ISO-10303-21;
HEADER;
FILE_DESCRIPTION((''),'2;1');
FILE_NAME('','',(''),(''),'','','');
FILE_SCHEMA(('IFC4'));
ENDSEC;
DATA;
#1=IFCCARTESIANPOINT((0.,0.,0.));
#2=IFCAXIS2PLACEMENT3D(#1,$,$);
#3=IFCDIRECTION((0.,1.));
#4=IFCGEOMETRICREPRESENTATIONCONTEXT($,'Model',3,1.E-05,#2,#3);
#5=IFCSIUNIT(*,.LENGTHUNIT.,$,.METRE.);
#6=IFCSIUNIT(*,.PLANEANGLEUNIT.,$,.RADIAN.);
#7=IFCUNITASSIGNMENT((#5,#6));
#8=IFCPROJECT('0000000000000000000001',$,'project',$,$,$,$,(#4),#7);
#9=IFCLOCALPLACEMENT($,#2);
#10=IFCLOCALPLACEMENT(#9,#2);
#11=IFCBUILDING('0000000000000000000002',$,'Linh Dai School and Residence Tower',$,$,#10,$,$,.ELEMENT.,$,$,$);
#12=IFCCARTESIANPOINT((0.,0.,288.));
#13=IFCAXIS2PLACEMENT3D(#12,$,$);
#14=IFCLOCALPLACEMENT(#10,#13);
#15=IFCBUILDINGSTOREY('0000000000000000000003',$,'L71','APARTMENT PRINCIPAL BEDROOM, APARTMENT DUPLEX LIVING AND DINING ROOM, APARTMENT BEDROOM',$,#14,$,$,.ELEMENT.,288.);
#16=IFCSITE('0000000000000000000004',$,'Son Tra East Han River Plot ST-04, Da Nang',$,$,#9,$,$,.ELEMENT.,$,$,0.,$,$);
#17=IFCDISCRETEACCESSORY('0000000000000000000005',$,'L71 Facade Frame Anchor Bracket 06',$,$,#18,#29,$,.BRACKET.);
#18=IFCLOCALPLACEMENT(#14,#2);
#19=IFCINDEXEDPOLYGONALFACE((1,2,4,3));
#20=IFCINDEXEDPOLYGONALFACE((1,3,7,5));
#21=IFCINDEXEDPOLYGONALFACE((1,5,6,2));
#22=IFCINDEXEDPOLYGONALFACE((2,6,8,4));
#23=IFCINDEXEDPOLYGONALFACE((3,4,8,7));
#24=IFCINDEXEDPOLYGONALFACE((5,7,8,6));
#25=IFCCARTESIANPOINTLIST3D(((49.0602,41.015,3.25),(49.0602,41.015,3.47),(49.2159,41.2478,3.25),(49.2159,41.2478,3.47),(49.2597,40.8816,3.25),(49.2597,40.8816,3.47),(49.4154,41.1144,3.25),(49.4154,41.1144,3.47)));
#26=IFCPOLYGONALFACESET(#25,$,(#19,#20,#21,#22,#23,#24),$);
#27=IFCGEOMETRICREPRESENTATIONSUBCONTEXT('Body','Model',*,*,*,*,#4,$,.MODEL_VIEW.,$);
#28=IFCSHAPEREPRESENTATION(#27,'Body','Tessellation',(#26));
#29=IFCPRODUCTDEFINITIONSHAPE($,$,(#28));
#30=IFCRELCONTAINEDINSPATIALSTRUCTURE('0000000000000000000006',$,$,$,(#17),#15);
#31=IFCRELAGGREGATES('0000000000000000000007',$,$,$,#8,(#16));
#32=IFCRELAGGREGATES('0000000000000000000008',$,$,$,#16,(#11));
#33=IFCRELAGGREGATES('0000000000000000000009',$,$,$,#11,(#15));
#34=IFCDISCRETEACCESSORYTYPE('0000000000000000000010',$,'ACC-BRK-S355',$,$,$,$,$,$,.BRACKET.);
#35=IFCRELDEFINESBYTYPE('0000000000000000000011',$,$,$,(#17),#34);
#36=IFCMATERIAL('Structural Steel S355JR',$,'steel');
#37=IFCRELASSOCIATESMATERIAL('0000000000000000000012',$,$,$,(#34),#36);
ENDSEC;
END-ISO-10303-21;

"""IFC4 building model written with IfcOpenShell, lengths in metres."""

from ifc_helpers import new_model, si_unit, direction, frame, origin, origin_2d, place, context, subcontext, project, spatial, rectangle, extrude, source, transform, mapped, material, type_object, element, save


model = new_model("IFC4")

# Units and contexts
model_context = context("Model", 3, precision=1e-05, world=origin(), true_north=direction((0.0, 1.0)))
body_context = subcontext(model_context, "Body", "Model", "MODEL_VIEW")
ifc_project = project(units=[si_unit("LENGTHUNIT", "METRE"), si_unit("PLANEANGLEUNIT", "RADIAN")], contexts=[model_context])

# Site, building, storey
site_placement = place(None, origin())
site = spatial("IfcSite", under=ifc_project, at=site_placement, Name="Son Tra East Han River Plot ST-04, Da Nang", CompositionType="ELEMENT", RefElevation=0.0)
building_placement = place(site_placement, origin())
building = spatial("IfcBuilding", under=site, at=building_placement, Name="Linh Dai School and Residence Tower", CompositionType="ELEMENT")
storey_placement = place(building_placement, frame((0.0, 0.0, 288.0)))
storey = spatial("IfcBuildingStorey", under=building, at=storey_placement, Name="L71", Description="APARTMENT PRINCIPAL BEDROOM, APARTMENT DUPLEX LIVING AND DINING ROOM, APARTMENT BEDROOM", CompositionType="ELEMENT", Elevation=288.0)

# Shared definitions
ifc_material_1 = material(Name="Structural Steel S355JR", Category="steel")

# Discrete accessory
discrete_accessory_type = type_object("IfcDiscreteAccessoryType", Name="ACC-BRK-S355", PredefinedType="BRACKET", material=ifc_material_1)
shared_shape_1 = source(origin(), body_context, "Body", "SweptSolid", [
    extrude(rectangle(XDim=0.28, YDim=0.24, at=origin_2d()), origin(), (0.0, 0.0, 1.0), 0.22),
])
discrete_accessory_placement = place(storey_placement, frame((49.2378, 41.0647, 3.25), z_axis=(0.0, 0.0, 1.0), x_axis=(0.555908, 0.831244, 0.0)))
element("IfcDiscreteAccessory", 1, at=discrete_accessory_placement, inside=storey, type_object=discrete_accessory_type, Name="L71 Facade Frame Anchor Bracket 06", PredefinedType="BRACKET", context=body_context, shape_type="MappedRepresentation", body=[
    mapped(shared_shape_1, transform((0.0, 0.0, 0.0), x_axis=(1.0, 0.0, 0.0), y_axis=(0.0, 1.0, 0.0), z_axis=(0.0, 0.0, 1.0), scale=1.0)),
])

save(model, "model.ifc")
